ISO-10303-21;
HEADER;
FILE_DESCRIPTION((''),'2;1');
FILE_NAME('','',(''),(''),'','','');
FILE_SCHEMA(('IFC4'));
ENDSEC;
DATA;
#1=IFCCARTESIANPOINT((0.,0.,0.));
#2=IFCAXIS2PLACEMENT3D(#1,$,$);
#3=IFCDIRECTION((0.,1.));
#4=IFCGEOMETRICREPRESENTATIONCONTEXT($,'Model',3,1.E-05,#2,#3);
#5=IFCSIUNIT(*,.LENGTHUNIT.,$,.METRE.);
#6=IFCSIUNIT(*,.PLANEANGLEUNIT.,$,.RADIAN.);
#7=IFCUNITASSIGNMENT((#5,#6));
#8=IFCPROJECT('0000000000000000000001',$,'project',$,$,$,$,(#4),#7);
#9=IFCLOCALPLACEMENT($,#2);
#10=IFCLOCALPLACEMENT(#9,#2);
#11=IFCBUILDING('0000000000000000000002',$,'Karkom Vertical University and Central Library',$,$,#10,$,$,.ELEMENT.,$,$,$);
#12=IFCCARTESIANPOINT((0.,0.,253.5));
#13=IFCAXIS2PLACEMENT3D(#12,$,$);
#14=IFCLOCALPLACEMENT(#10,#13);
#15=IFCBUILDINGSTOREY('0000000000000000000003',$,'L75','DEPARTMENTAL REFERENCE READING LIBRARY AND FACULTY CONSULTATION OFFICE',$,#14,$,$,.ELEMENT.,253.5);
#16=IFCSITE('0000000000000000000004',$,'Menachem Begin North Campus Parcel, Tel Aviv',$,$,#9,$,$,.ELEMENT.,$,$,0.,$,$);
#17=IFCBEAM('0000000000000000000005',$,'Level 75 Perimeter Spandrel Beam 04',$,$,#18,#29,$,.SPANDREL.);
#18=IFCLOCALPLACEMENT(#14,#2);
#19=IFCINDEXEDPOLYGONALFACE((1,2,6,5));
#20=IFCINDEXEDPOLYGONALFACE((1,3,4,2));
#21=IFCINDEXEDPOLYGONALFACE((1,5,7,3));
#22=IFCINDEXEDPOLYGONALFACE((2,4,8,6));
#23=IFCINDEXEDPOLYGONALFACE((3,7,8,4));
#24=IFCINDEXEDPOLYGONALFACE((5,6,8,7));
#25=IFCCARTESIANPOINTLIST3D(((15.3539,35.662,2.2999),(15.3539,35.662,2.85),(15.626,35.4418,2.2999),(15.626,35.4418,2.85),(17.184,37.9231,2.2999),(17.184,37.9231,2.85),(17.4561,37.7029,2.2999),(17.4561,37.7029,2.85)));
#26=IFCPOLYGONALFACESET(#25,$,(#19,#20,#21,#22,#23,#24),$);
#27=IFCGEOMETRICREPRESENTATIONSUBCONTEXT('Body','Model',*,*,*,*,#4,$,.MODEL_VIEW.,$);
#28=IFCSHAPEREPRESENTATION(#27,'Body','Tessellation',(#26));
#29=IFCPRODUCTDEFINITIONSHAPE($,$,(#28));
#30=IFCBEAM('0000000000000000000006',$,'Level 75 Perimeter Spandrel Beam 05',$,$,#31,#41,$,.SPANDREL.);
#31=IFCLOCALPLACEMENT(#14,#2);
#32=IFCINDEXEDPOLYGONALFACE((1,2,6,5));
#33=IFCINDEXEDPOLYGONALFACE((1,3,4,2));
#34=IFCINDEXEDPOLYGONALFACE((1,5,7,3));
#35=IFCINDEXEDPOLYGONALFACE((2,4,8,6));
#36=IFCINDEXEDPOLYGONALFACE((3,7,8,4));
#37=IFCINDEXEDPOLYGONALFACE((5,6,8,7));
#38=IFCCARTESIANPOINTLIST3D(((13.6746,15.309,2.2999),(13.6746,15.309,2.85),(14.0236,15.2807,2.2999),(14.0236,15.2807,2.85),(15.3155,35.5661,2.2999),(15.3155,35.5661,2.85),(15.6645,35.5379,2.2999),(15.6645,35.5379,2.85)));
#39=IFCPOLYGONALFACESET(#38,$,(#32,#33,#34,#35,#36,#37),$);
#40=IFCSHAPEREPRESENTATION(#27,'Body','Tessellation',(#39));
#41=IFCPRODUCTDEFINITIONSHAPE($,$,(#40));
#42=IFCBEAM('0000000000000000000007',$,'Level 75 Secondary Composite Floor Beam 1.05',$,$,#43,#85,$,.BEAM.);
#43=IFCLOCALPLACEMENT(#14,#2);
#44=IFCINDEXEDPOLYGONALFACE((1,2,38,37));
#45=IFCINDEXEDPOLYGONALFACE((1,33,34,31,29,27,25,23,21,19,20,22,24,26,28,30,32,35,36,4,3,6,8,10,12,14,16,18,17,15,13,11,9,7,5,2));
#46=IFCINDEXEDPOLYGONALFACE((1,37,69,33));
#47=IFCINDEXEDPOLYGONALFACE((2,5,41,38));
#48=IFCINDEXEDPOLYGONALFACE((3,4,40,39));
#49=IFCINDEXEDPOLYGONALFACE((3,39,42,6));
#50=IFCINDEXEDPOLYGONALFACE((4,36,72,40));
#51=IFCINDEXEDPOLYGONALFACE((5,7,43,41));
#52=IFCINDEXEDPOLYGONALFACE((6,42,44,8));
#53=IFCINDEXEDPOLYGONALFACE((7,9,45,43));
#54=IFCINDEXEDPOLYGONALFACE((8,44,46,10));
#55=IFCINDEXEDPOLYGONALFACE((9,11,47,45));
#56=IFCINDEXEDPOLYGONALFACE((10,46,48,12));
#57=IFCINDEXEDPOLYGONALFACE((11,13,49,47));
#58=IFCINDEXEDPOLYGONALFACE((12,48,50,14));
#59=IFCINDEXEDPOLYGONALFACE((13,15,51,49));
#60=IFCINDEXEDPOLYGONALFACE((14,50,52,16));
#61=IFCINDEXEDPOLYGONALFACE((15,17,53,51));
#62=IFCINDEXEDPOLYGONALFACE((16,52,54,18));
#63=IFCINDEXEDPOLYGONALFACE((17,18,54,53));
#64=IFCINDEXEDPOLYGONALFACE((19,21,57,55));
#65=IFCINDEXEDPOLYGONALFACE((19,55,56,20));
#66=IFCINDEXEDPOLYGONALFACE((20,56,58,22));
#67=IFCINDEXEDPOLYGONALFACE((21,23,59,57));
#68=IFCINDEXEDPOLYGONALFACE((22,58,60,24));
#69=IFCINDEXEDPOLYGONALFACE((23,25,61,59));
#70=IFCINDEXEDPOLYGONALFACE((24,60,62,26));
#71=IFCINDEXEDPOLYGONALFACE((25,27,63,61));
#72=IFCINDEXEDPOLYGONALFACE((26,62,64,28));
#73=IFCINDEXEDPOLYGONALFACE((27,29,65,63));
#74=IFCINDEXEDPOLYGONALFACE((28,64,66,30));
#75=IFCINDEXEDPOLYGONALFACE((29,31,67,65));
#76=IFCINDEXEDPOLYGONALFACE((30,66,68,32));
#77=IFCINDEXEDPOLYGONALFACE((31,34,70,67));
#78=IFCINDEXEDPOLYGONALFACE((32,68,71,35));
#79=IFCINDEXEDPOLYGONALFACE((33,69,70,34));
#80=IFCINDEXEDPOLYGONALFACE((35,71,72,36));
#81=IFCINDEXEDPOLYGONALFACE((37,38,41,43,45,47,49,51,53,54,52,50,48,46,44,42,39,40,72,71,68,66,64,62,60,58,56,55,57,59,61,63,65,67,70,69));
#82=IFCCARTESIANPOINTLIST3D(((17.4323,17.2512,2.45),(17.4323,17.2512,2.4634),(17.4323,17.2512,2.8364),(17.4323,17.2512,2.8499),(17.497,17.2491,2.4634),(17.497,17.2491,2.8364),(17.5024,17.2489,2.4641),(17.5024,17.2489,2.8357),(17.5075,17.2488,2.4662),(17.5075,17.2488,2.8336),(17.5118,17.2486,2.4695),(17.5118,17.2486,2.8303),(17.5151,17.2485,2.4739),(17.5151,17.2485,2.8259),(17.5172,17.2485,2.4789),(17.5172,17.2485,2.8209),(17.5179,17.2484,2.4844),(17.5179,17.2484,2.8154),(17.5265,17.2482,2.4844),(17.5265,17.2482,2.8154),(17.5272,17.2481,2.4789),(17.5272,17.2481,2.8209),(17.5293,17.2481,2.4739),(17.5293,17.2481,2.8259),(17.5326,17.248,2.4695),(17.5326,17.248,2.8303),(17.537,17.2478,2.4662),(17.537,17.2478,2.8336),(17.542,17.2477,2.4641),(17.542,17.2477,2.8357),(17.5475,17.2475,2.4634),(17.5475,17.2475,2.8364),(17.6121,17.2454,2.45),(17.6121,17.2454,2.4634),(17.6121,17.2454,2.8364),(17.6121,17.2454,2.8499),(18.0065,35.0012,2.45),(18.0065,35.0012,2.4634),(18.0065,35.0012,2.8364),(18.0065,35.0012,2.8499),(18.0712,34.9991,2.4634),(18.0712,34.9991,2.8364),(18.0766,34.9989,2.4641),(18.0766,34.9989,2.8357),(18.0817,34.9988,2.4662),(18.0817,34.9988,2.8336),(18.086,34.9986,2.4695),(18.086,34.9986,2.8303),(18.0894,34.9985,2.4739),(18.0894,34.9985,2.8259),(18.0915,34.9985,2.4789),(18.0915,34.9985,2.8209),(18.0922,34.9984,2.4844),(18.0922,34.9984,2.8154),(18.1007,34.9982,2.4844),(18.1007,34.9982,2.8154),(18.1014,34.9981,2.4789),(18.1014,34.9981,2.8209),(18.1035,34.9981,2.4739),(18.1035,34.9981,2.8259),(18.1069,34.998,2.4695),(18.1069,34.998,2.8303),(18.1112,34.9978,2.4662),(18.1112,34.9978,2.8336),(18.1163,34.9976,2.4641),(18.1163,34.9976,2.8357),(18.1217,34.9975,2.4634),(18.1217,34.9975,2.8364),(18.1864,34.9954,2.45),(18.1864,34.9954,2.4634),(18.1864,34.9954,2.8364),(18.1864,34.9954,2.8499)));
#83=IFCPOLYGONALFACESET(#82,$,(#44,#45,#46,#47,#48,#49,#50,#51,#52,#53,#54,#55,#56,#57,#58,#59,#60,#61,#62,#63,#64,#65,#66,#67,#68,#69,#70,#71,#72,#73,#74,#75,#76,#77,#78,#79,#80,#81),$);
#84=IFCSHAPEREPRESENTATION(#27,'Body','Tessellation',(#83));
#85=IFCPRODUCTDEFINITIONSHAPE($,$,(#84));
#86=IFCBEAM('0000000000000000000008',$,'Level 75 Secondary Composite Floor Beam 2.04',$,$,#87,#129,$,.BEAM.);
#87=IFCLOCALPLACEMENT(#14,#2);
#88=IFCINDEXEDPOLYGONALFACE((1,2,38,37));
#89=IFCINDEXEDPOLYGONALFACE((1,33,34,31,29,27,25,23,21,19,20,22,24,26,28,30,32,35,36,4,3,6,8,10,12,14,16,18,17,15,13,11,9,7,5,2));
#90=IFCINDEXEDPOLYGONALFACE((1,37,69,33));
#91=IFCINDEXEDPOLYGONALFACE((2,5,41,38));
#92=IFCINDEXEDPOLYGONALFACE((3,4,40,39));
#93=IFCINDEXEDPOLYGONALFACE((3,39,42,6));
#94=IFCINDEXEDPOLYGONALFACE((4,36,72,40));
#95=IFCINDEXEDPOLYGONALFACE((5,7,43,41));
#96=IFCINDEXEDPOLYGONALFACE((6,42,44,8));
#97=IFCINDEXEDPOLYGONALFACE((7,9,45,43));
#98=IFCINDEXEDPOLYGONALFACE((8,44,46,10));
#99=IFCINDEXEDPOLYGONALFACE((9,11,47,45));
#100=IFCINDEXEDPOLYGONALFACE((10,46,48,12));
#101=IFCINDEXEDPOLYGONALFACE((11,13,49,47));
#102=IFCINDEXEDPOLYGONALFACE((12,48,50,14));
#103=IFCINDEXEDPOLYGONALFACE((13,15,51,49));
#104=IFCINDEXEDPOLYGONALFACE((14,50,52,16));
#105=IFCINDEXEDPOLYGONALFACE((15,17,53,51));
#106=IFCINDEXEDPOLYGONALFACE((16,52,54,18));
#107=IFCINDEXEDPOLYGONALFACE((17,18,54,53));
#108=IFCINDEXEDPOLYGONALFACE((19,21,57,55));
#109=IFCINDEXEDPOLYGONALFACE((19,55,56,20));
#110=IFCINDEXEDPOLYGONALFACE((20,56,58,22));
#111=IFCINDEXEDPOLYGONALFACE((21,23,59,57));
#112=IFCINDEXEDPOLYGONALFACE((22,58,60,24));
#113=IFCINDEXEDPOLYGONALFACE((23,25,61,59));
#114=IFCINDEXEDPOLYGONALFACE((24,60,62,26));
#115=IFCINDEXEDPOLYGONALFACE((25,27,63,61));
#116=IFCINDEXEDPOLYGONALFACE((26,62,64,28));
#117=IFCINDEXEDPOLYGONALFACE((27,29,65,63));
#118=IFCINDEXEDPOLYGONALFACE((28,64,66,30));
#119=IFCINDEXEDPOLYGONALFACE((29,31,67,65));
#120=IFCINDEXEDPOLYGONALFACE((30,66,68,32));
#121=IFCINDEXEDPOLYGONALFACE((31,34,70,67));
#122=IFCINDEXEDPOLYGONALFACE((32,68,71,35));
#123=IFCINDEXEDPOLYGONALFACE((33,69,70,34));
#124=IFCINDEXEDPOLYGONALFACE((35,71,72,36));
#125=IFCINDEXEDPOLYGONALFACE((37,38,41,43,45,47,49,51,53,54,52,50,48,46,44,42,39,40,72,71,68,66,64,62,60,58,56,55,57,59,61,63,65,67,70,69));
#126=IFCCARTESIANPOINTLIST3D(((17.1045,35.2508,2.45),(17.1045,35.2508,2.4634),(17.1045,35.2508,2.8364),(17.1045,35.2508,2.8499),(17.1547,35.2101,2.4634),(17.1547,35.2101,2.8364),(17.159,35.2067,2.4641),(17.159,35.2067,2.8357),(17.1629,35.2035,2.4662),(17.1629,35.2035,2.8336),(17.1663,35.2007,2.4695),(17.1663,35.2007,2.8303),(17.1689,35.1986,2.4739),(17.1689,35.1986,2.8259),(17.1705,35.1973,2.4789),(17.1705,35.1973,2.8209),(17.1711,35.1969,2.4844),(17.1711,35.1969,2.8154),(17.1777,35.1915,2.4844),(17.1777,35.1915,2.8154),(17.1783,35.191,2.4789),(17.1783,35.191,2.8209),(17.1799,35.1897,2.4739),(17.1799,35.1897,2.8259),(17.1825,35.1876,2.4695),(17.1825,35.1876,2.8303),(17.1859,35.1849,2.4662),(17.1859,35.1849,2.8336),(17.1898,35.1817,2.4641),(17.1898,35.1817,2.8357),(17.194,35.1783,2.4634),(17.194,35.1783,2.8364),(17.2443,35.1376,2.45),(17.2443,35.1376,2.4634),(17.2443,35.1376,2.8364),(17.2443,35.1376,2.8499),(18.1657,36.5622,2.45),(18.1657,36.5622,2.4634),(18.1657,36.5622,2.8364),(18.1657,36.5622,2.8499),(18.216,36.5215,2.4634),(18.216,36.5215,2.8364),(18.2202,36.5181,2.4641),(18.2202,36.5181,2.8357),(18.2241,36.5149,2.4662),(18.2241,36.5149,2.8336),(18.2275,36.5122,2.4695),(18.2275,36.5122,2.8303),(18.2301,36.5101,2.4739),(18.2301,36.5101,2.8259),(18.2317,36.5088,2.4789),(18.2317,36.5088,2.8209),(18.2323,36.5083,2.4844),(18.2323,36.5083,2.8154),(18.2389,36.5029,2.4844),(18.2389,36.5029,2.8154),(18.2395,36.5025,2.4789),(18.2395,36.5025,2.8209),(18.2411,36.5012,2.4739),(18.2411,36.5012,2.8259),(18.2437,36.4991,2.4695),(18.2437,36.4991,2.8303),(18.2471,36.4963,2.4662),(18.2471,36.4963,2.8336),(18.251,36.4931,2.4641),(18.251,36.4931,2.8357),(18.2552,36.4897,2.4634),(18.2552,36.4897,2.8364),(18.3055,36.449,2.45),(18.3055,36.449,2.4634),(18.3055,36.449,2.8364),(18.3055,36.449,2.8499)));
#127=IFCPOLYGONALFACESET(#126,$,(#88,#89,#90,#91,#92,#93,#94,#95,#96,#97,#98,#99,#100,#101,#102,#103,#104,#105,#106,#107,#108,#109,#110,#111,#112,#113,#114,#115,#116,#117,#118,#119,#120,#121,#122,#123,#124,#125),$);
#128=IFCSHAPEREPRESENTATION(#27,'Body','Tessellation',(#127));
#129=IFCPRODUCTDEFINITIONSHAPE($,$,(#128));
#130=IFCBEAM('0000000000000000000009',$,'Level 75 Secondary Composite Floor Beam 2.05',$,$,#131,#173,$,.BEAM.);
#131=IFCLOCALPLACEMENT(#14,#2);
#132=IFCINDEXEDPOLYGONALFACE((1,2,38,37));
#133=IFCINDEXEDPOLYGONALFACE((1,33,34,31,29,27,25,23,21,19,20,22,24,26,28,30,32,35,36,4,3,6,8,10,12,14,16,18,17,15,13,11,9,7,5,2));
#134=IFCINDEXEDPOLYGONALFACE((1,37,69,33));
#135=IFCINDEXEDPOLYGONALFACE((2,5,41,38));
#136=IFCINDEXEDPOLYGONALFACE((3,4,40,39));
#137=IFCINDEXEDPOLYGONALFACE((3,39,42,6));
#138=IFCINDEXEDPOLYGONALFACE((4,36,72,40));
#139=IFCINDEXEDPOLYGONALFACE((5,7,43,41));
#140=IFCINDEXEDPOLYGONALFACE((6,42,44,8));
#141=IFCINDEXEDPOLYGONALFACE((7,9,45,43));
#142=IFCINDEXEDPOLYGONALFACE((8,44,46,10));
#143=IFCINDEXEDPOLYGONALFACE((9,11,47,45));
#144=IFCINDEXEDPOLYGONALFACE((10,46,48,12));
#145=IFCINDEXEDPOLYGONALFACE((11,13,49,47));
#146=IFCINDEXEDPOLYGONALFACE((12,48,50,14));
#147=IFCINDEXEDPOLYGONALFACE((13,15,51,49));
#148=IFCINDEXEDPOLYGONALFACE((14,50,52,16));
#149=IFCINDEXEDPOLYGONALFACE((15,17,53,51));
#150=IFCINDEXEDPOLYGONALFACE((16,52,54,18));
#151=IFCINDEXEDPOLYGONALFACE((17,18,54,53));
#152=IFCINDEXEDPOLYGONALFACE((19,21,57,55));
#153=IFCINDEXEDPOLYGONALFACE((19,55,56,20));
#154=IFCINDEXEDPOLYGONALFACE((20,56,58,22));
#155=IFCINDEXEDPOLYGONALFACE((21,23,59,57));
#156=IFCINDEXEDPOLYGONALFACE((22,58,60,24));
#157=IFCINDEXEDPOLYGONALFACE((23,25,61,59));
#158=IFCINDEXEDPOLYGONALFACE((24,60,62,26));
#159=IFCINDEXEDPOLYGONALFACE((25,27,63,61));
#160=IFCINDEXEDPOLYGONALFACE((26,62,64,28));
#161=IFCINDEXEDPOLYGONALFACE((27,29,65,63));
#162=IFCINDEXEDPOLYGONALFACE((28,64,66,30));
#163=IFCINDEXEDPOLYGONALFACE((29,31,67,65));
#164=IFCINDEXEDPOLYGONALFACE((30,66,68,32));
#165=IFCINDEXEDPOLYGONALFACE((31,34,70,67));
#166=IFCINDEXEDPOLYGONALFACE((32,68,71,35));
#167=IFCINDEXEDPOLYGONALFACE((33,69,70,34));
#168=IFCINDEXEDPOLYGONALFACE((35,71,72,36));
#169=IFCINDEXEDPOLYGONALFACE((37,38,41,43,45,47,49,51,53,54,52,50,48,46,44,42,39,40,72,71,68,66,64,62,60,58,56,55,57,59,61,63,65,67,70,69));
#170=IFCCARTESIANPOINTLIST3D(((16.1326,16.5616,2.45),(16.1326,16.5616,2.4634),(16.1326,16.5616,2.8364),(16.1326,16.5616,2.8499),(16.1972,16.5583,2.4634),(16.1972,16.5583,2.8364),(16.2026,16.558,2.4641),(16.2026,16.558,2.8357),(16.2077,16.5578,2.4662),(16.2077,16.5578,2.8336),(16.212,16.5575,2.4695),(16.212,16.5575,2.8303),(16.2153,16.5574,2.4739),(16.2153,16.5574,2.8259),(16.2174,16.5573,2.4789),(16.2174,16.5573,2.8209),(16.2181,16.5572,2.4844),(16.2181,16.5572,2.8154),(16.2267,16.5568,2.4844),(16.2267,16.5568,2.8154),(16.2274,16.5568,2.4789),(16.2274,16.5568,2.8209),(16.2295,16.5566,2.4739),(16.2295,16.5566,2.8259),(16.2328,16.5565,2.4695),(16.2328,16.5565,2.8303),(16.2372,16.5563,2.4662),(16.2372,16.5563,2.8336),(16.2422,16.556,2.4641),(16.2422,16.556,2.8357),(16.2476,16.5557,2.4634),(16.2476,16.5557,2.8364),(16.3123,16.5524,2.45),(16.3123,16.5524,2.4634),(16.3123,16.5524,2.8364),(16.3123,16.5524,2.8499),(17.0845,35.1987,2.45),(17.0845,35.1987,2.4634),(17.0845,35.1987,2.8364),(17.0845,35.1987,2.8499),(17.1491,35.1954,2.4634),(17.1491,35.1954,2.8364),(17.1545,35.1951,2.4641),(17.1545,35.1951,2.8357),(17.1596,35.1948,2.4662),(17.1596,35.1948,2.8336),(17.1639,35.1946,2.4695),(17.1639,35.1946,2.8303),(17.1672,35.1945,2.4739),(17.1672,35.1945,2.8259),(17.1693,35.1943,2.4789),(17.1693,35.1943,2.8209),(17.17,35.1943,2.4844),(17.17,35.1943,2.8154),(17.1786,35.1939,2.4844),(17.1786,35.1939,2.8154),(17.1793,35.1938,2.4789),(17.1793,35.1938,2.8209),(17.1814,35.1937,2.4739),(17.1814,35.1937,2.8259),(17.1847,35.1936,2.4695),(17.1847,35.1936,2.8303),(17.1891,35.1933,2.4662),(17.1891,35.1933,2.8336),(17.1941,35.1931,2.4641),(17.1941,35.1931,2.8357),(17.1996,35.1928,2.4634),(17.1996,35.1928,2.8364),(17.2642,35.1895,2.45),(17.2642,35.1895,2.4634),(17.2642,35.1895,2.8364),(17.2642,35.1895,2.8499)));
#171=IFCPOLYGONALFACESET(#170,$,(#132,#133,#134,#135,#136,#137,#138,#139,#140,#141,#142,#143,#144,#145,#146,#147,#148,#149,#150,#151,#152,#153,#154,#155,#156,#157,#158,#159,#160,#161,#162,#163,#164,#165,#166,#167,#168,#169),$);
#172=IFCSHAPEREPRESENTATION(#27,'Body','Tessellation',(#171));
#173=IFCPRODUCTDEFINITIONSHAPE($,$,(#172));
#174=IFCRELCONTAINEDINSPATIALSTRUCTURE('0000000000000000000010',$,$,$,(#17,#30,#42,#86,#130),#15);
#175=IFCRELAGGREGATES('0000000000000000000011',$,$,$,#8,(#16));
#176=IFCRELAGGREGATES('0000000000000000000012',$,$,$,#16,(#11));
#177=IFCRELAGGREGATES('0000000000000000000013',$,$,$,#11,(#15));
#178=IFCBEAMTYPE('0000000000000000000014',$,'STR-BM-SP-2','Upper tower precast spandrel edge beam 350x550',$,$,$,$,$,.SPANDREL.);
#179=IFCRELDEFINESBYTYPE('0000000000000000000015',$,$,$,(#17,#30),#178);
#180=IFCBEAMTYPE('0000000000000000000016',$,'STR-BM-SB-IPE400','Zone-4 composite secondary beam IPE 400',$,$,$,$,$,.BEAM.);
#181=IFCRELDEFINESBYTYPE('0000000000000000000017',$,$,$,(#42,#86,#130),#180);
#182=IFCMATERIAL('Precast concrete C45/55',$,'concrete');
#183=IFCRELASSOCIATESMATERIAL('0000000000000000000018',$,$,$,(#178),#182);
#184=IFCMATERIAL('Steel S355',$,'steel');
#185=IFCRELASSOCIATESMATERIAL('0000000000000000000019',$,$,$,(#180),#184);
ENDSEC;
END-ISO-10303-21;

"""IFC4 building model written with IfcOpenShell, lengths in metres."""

from ifc_helpers import new_model, si_unit, direction, frame, origin, origin_with_axes, origin_2d, place, context, subcontext, project, spatial, rectangle, i_section, extrude, source, transform, mapped, material, material_profile, profile_set, type_object, element, save


model = new_model("IFC4")

# Units and contexts
model_context = context("Model", 3, precision=1e-05, world=origin(), true_north=direction((0.0, 1.0)))
body_context = subcontext(model_context, "Body", "Model", "MODEL_VIEW")
ifc_project = project(units=[si_unit("LENGTHUNIT", "METRE"), si_unit("PLANEANGLEUNIT", "RADIAN")], contexts=[model_context])

# Site, building, storey
site_placement = place(None, origin())
site = spatial("IfcSite", under=ifc_project, at=site_placement, Name="Menachem Begin North Campus Parcel, Tel Aviv", CompositionType="ELEMENT", RefElevation=0.0)
building_placement = place(site_placement, origin())
building = spatial("IfcBuilding", under=site, at=building_placement, Name="Karkom Vertical University and Central Library", CompositionType="ELEMENT")
storey_placement = place(building_placement, frame((0.0, 0.0, 253.5)))
storey = spatial("IfcBuildingStorey", under=building, at=storey_placement, Name="L75", Description="DEPARTMENTAL REFERENCE READING LIBRARY AND FACULTY CONSULTATION OFFICE", CompositionType="ELEMENT", Elevation=253.5)

# Beams
ifc_material_1 = material(Name="Precast concrete C45/55", Category="concrete")
ifc_material_profile_1 = material_profile(ifc_material_1, rectangle(XDim=0.3501, YDim=0.55, at=origin_2d()), Name="SPB-350x550")
ifc_profile_set_1 = profile_set([ifc_material_profile_1], Name="Precast concrete C45/55")
beam_type_1 = type_object("IfcBeamType", Name="STR-BM-SP-2", Description="Upper tower precast spandrel edge beam 350x550", PredefinedType="SPANDREL", material=ifc_profile_set_1)
shared_shape_1 = source(origin_with_axes(), body_context, "Body", "SweptSolid", [
    extrude(rectangle(XDim=0.3501, YDim=0.55, at=origin_2d()), origin(), (0.0, 0.0, 1.0), 2.9089),
])
beam_1_placement = place(storey_placement, frame((17.3201, 37.813, 2.575), z_axis=(-0.629148, -0.777286, 0.0), x_axis=(0.777286, -0.629148, 0.0)))
element("IfcBeam", 1, at=beam_1_placement, inside=storey, type_object=beam_type_1, Name="Level 75 Perimeter Spandrel Beam 04", PredefinedType="SPANDREL", context=body_context, shape_type="MappedRepresentation", body=[
    mapped(shared_shape_1, transform((0.0, 0.0, 0.0), scale=1.0)),
])
shared_shape_2 = source(origin_with_axes(), body_context, "Body", "SweptSolid", [
    extrude(rectangle(XDim=0.3501, YDim=0.55, at=origin_2d()), origin(), (0.0, 0.0, 1.0), 20.3235),
])
beam_2_placement = place(storey_placement, frame((15.49, 35.552, 2.575), z_axis=(-0.080738, -0.996735, 0.0), x_axis=(0.996735, -0.080738, 0.0)))
element("IfcBeam", 2, at=beam_2_placement, inside=storey, type_object=beam_type_1, Name="Level 75 Perimeter Spandrel Beam 05", PredefinedType="SPANDREL", context=body_context, shape_type="MappedRepresentation", body=[
    mapped(shared_shape_2, transform((0.0, 0.0, 0.0), scale=1.0)),
])
ifc_material_2 = material(Name="Steel S355", Category="steel")
ifc_material_profile_2 = material_profile(ifc_material_2, i_section(OverallWidth=0.1799, OverallDepth=0.3999, WebThickness=0.0085, FlangeThickness=0.0134, FilletRadius=0.021, at=origin_2d()), Name="IPE 400")
ifc_profile_set_2 = profile_set([ifc_material_profile_2], Name="Steel S355")
beam_type_2 = type_object("IfcBeamType", Name="STR-BM-SB-IPE400", Description="Zone-4 composite secondary beam IPE 400", PredefinedType="BEAM", material=ifc_profile_set_2)
shared_shape_3 = source(origin_with_axes(), body_context, "Body", "SweptSolid", [
    extrude(i_section(OverallWidth=0.1799, OverallDepth=0.3999, WebThickness=0.0085, FlangeThickness=0.0134, FilletRadius=0.021, at=origin_2d()), origin(), (0.0, 0.0, 1.0), 17.7593),
])
beam_3_placement = place(storey_placement, frame((18.0964, 34.9983, 2.6499), z_axis=(-0.032333, -0.999477, 0.0), x_axis=(0.999477, -0.032333, 0.0)))
element("IfcBeam", 3, at=beam_3_placement, inside=storey, type_object=beam_type_2, Name="Level 75 Secondary Composite Floor Beam 1.05", PredefinedType="BEAM", context=body_context, shape_type="MappedRepresentation", body=[
    mapped(shared_shape_3, transform((0.0, 0.0, 0.0), scale=1.0)),
])
shared_shape_4 = source(origin_with_axes(), body_context, "Body", "SweptSolid", [
    extrude(i_section(OverallWidth=0.1799, OverallDepth=0.3999, WebThickness=0.0085, FlangeThickness=0.0134, FilletRadius=0.021, at=origin_2d()), origin(), (0.0, 0.0, 1.0), 1.687),
])
beam_4_placement = place(storey_placement, frame((18.2356, 36.5056, 2.6499), z_axis=(-0.629044, -0.77737, 0.0), x_axis=(0.77737, -0.629044, 0.0)))
element("IfcBeam", 4, at=beam_4_placement, inside=storey, type_object=beam_type_2, Name="Level 75 Secondary Composite Floor Beam 2.04", PredefinedType="BEAM", context=body_context, shape_type="MappedRepresentation", body=[
    mapped(shared_shape_4, transform((0.0, 0.0, 0.0), scale=1.0)),
])
shared_shape_5 = source(origin_with_axes(), body_context, "Body", "SweptSolid", [
    extrude(i_section(OverallWidth=0.1799, OverallDepth=0.3999, WebThickness=0.0085, FlangeThickness=0.0134, FilletRadius=0.021, at=origin_2d()), origin(), (0.0, 0.0, 1.0), 18.6614),
])
beam_5_placement = place(storey_placement, frame((17.1743, 35.1941, 2.6499), z_axis=(-0.05101, -0.998698, 0.0), x_axis=(0.998698, -0.05101, 0.0)))
element("IfcBeam", 5, at=beam_5_placement, inside=storey, type_object=beam_type_2, Name="Level 75 Secondary Composite Floor Beam 2.05", PredefinedType="BEAM", context=body_context, shape_type="MappedRepresentation", body=[
    mapped(shared_shape_5, transform((0.0, 0.0, 0.0), scale=1.0)),
])

save(model, "model.ifc")
